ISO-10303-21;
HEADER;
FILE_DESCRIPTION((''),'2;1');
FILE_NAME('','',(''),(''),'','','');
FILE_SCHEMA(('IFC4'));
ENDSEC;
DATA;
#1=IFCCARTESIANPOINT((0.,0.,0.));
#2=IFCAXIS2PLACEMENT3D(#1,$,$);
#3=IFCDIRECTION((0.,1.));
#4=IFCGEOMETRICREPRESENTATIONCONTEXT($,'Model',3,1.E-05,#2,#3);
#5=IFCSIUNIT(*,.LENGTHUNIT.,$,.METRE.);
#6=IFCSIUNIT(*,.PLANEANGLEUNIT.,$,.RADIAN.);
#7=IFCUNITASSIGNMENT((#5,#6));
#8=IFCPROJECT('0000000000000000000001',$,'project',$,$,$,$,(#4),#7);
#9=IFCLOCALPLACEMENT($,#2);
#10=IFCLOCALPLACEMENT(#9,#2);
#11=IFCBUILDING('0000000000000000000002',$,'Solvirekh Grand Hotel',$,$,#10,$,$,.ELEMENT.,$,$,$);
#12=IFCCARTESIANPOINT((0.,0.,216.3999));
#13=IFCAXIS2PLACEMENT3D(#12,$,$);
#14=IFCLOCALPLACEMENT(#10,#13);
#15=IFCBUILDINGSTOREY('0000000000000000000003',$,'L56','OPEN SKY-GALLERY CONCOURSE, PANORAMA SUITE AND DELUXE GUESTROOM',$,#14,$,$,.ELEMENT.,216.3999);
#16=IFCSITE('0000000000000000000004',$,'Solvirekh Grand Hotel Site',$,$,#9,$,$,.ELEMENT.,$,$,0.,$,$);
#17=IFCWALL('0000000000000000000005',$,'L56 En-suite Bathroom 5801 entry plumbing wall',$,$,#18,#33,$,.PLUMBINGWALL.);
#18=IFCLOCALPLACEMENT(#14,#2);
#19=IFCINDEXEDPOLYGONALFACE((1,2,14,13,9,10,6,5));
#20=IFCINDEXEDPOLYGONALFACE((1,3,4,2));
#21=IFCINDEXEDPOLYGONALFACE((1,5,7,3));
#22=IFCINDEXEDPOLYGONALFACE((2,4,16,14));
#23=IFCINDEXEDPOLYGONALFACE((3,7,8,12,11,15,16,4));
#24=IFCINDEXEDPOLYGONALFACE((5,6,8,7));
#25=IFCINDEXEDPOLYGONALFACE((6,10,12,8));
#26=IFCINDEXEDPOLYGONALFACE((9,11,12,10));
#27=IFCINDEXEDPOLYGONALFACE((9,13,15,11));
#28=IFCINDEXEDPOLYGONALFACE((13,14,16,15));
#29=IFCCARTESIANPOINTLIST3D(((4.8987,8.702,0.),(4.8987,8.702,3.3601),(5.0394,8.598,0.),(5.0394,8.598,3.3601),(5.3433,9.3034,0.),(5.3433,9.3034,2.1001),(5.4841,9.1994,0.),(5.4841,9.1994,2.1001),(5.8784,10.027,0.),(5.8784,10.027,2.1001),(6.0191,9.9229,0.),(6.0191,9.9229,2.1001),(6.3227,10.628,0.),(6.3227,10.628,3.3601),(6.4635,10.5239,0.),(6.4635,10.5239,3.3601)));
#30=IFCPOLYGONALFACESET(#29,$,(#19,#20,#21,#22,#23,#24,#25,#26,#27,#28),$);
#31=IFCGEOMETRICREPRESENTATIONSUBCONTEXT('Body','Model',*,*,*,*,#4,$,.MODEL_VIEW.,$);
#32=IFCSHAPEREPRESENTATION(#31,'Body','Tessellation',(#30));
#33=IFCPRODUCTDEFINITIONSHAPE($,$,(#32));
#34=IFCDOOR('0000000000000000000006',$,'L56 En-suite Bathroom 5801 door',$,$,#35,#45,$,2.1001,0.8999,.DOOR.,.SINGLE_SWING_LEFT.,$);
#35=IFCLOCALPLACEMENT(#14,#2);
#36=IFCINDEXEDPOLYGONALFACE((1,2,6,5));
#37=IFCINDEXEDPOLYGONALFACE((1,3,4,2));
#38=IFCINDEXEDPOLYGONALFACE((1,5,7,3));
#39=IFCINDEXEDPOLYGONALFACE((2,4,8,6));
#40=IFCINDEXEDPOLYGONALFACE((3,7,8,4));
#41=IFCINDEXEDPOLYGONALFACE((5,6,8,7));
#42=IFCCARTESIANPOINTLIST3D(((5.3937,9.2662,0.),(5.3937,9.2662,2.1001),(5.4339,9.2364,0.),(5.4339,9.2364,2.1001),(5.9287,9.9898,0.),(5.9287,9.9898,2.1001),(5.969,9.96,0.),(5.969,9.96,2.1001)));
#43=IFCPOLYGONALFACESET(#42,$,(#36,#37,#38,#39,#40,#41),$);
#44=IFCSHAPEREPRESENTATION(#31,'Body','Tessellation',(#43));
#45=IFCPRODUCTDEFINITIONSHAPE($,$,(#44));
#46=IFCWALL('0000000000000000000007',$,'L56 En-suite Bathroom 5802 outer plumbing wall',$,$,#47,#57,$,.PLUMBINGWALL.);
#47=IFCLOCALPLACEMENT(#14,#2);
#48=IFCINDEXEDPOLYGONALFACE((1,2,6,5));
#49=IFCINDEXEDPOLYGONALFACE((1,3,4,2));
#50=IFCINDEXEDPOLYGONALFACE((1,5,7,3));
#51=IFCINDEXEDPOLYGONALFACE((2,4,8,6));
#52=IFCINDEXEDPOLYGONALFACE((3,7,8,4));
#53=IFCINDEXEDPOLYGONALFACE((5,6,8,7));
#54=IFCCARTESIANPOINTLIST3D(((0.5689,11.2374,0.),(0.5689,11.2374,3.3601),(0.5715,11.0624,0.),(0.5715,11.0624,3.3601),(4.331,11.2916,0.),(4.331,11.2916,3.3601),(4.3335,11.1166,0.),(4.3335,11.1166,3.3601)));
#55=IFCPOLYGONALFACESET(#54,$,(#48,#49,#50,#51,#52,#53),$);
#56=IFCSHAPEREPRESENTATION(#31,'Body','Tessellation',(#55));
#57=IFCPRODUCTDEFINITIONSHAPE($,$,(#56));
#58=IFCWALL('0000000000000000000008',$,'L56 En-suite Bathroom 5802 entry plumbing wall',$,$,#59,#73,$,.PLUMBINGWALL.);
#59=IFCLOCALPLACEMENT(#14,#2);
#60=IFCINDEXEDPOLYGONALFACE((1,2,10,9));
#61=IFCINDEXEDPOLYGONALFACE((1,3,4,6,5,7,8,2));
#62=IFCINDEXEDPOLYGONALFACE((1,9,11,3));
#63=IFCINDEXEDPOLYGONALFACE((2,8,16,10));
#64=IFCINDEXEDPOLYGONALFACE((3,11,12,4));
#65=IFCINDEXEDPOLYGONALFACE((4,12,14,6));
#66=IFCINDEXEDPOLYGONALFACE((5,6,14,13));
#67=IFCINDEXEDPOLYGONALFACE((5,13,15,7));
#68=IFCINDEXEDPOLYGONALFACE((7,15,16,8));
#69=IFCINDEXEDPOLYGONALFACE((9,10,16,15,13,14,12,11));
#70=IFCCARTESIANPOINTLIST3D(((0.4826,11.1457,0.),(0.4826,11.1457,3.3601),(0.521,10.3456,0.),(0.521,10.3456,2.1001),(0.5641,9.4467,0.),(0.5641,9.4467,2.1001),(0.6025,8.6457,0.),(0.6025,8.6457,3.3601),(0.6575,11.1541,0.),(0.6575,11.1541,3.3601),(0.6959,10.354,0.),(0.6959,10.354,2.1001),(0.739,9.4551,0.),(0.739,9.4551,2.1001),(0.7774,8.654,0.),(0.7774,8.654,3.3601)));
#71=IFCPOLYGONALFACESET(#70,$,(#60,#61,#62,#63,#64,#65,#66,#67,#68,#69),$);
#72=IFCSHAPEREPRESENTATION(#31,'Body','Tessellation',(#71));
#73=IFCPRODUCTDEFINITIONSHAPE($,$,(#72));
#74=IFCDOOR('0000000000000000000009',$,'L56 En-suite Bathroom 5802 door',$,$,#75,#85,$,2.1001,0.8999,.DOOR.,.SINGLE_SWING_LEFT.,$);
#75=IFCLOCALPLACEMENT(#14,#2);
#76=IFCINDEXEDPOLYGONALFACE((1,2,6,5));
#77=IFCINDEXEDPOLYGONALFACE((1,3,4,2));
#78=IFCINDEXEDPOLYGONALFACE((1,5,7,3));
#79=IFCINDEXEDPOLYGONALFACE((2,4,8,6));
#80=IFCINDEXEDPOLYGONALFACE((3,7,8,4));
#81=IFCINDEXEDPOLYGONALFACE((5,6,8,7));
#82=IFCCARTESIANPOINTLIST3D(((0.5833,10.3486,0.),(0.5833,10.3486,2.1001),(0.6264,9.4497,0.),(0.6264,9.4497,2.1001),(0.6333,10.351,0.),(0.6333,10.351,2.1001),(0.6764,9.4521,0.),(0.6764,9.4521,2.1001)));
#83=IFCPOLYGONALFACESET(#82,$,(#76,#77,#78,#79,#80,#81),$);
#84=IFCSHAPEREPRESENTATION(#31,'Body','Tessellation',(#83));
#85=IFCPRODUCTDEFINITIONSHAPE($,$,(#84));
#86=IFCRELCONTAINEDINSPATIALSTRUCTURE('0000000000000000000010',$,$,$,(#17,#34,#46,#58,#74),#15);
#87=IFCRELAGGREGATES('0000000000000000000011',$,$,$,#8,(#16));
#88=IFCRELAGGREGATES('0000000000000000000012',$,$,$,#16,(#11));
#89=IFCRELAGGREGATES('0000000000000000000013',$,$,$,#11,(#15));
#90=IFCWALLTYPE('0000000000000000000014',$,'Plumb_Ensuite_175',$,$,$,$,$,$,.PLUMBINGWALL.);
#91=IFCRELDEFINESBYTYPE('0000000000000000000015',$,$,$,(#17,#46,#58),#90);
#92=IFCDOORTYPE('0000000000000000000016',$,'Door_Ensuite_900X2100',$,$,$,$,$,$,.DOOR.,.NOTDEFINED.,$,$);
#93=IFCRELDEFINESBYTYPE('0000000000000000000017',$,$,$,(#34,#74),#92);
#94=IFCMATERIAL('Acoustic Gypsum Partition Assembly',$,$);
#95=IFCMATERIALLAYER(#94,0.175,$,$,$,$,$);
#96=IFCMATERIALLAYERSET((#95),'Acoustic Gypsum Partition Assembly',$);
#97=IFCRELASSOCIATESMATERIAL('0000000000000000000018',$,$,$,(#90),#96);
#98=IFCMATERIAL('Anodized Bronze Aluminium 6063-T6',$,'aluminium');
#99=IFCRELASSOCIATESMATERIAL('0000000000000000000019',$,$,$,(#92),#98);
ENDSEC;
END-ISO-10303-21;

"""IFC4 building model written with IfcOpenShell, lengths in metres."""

from ifc_helpers import new_model, si_unit, direction, frame, frame_2d, origin, place, context, subcontext, project, spatial, rectangle, extrude, material, layer, layer_set, type_object, element, fill, save


model = new_model("IFC4")

# Units and contexts
model_context = context("Model", 3, precision=1e-05, world=origin(), true_north=direction((0.0, 1.0)))
body_context = subcontext(model_context, "Body", "Model", "MODEL_VIEW")
ifc_project = project(units=[si_unit("LENGTHUNIT", "METRE"), si_unit("PLANEANGLEUNIT", "RADIAN")], contexts=[model_context])

# Site, building, storey
site_placement = place(None, origin())
site = spatial("IfcSite", under=ifc_project, at=site_placement, Name="Solvirekh Grand Hotel Site", CompositionType="ELEMENT", RefElevation=0.0)
building_placement = place(site_placement, origin())
building = spatial("IfcBuilding", under=site, at=building_placement, Name="Solvirekh Grand Hotel", CompositionType="ELEMENT")
storey_placement = place(building_placement, frame((0.0, 0.0, 216.3999)))
storey = spatial("IfcBuildingStorey", under=building, at=storey_placement, Name="L56", Description="OPEN SKY-GALLERY CONCOURSE, PANORAMA SUITE AND DELUXE GUESTROOM", CompositionType="ELEMENT", Elevation=216.3999)

# Shared definitions
ifc_material_1 = material(Name="Anodized Bronze Aluminium 6063-T6", Category="aluminium")

# Shared definitions
ifc_material_2 = material(Name="Acoustic Gypsum Partition Assembly")
ifc_layer_1 = layer(ifc_material_2, 0.175)
ifc_layer_set_1 = layer_set([ifc_layer_1], Name="Acoustic Gypsum Partition Assembly")
wall_type = type_object("IfcWallType", Name="Plumb_Ensuite_175", PredefinedType="PLUMBINGWALL", material=ifc_layer_set_1)

# Wall, opening, door
wall_1_placement = place(storey_placement, frame((4.969, 8.6499, 0.0), z_axis=(0.0, 0.0, 1.0), x_axis=(0.594523, 0.804079, 0.0)))
wall_1 = element("IfcWall", 1, at=wall_1_placement, inside=storey, type_object=wall_type, Name="L56 En-suite Bathroom 5801 entry plumbing wall", PredefinedType="PLUMBINGWALL", context=body_context, shape_type="SweptSolid", body=[
    extrude(rectangle(XDim=2.3953, YDim=0.175, at=frame_2d((1.1978, 0.0))), origin(), (0.0, 0.0, 1.0), 3.3601),
])
opening_1_placement = place(wall_1_placement, frame((0.748, 0.0, 0.0)))
opening_1 = element("IfcOpeningElement", 2, at=opening_1_placement, cuts=wall_1, PredefinedType="OPENING", context=body_context, shape_type="SweptSolid", body=[
    extrude(rectangle(XDim=0.8999, YDim=2.1001, at=frame_2d((0.45, 1.05))), frame((0.0, 0.0977, 0.0), z_axis=(0.0, -1.0, 0.0), x_axis=(1.0, 0.0, 0.0)), (0.0, 0.0, 1.0), 0.1951),
])
door_type = type_object("IfcDoorType", Name="Door_Ensuite_900X2100", OperationType="NOTDEFINED", PredefinedType="DOOR", material=ifc_material_1)
door_1_placement = place(opening_1_placement, origin())
door_1 = element("IfcDoor", 3, at=door_1_placement, inside=storey, type_object=door_type, Name="L56 En-suite Bathroom 5801 door", OperationType="SINGLE_SWING_LEFT", OverallHeight=2.1001, OverallWidth=0.8999, PredefinedType="DOOR", context=body_context, shape_type="SweptSolid", body=[
    extrude(rectangle(XDim=0.8999, YDim=2.1001, at=frame_2d((0.45, 1.05))), frame((0.0, 0.0249, 0.0), z_axis=(0.0, -1.0, 0.0), x_axis=(1.0, 0.0, 0.0)), (0.0, 0.0, 1.0), 0.05),
])
fill(opening_1, door_1)

# Wall
wall_2_placement = place(storey_placement, frame((0.5701, 11.1499, 0.0), z_axis=(0.0, 0.0, 1.0), x_axis=(0.999896, 0.014406, 0.0)))
element("IfcWall", 4, at=wall_2_placement, inside=storey, type_object=wall_type, Name="L56 En-suite Bathroom 5802 outer plumbing wall", PredefinedType="PLUMBINGWALL", context=body_context, shape_type="SweptSolid", body=[
    extrude(rectangle(XDim=3.7625, YDim=0.175, at=frame_2d((1.8813, 0.0))), origin(), (0.0, 0.0, 1.0), 3.3601),
])

# Wall, opening, door
wall_3_placement = place(storey_placement, frame((0.5701, 11.1499, 0.0), z_axis=(0.0, 0.0, 1.0), x_axis=(0.047894, -0.998852, 0.0)))
wall_3 = element("IfcWall", 5, at=wall_3_placement, inside=storey, type_object=wall_type, Name="L56 En-suite Bathroom 5802 entry plumbing wall", PredefinedType="PLUMBINGWALL", context=body_context, shape_type="SweptSolid", body=[
    extrude(rectangle(XDim=2.5029, YDim=0.175, at=frame_2d((1.2515, 0.0))), origin(), (0.0, 0.0, 1.0), 3.3601),
])
opening_2_placement = place(wall_3_placement, frame((0.801, 0.0, 0.0)))
opening_2 = element("IfcOpeningElement", 6, at=opening_2_placement, cuts=wall_3, PredefinedType="OPENING", context=body_context, shape_type="SweptSolid", body=[
    extrude(rectangle(XDim=0.8999, YDim=2.1001, at=frame_2d((0.45, 1.05))), frame((0.0, 0.0977, 0.0), z_axis=(0.0, -1.0, 0.0), x_axis=(1.0, 0.0, 0.0)), (0.0, 0.0, 1.0), 0.1951),
])
door_2_placement = place(opening_2_placement, origin())
door_2 = element("IfcDoor", 7, at=door_2_placement, inside=storey, type_object=door_type, Name="L56 En-suite Bathroom 5802 door", OperationType="SINGLE_SWING_LEFT", OverallHeight=2.1001, OverallWidth=0.8999, PredefinedType="DOOR", context=body_context, shape_type="SweptSolid", body=[
    extrude(rectangle(XDim=0.8999, YDim=2.1001, at=frame_2d((0.45, 1.05))), frame((0.0, 0.0249, 0.0), z_axis=(0.0, -1.0, 0.0), x_axis=(1.0, 0.0, 0.0)), (0.0, 0.0, 1.0), 0.05),
])
fill(opening_2, door_2)

save(model, "model.ifc")
